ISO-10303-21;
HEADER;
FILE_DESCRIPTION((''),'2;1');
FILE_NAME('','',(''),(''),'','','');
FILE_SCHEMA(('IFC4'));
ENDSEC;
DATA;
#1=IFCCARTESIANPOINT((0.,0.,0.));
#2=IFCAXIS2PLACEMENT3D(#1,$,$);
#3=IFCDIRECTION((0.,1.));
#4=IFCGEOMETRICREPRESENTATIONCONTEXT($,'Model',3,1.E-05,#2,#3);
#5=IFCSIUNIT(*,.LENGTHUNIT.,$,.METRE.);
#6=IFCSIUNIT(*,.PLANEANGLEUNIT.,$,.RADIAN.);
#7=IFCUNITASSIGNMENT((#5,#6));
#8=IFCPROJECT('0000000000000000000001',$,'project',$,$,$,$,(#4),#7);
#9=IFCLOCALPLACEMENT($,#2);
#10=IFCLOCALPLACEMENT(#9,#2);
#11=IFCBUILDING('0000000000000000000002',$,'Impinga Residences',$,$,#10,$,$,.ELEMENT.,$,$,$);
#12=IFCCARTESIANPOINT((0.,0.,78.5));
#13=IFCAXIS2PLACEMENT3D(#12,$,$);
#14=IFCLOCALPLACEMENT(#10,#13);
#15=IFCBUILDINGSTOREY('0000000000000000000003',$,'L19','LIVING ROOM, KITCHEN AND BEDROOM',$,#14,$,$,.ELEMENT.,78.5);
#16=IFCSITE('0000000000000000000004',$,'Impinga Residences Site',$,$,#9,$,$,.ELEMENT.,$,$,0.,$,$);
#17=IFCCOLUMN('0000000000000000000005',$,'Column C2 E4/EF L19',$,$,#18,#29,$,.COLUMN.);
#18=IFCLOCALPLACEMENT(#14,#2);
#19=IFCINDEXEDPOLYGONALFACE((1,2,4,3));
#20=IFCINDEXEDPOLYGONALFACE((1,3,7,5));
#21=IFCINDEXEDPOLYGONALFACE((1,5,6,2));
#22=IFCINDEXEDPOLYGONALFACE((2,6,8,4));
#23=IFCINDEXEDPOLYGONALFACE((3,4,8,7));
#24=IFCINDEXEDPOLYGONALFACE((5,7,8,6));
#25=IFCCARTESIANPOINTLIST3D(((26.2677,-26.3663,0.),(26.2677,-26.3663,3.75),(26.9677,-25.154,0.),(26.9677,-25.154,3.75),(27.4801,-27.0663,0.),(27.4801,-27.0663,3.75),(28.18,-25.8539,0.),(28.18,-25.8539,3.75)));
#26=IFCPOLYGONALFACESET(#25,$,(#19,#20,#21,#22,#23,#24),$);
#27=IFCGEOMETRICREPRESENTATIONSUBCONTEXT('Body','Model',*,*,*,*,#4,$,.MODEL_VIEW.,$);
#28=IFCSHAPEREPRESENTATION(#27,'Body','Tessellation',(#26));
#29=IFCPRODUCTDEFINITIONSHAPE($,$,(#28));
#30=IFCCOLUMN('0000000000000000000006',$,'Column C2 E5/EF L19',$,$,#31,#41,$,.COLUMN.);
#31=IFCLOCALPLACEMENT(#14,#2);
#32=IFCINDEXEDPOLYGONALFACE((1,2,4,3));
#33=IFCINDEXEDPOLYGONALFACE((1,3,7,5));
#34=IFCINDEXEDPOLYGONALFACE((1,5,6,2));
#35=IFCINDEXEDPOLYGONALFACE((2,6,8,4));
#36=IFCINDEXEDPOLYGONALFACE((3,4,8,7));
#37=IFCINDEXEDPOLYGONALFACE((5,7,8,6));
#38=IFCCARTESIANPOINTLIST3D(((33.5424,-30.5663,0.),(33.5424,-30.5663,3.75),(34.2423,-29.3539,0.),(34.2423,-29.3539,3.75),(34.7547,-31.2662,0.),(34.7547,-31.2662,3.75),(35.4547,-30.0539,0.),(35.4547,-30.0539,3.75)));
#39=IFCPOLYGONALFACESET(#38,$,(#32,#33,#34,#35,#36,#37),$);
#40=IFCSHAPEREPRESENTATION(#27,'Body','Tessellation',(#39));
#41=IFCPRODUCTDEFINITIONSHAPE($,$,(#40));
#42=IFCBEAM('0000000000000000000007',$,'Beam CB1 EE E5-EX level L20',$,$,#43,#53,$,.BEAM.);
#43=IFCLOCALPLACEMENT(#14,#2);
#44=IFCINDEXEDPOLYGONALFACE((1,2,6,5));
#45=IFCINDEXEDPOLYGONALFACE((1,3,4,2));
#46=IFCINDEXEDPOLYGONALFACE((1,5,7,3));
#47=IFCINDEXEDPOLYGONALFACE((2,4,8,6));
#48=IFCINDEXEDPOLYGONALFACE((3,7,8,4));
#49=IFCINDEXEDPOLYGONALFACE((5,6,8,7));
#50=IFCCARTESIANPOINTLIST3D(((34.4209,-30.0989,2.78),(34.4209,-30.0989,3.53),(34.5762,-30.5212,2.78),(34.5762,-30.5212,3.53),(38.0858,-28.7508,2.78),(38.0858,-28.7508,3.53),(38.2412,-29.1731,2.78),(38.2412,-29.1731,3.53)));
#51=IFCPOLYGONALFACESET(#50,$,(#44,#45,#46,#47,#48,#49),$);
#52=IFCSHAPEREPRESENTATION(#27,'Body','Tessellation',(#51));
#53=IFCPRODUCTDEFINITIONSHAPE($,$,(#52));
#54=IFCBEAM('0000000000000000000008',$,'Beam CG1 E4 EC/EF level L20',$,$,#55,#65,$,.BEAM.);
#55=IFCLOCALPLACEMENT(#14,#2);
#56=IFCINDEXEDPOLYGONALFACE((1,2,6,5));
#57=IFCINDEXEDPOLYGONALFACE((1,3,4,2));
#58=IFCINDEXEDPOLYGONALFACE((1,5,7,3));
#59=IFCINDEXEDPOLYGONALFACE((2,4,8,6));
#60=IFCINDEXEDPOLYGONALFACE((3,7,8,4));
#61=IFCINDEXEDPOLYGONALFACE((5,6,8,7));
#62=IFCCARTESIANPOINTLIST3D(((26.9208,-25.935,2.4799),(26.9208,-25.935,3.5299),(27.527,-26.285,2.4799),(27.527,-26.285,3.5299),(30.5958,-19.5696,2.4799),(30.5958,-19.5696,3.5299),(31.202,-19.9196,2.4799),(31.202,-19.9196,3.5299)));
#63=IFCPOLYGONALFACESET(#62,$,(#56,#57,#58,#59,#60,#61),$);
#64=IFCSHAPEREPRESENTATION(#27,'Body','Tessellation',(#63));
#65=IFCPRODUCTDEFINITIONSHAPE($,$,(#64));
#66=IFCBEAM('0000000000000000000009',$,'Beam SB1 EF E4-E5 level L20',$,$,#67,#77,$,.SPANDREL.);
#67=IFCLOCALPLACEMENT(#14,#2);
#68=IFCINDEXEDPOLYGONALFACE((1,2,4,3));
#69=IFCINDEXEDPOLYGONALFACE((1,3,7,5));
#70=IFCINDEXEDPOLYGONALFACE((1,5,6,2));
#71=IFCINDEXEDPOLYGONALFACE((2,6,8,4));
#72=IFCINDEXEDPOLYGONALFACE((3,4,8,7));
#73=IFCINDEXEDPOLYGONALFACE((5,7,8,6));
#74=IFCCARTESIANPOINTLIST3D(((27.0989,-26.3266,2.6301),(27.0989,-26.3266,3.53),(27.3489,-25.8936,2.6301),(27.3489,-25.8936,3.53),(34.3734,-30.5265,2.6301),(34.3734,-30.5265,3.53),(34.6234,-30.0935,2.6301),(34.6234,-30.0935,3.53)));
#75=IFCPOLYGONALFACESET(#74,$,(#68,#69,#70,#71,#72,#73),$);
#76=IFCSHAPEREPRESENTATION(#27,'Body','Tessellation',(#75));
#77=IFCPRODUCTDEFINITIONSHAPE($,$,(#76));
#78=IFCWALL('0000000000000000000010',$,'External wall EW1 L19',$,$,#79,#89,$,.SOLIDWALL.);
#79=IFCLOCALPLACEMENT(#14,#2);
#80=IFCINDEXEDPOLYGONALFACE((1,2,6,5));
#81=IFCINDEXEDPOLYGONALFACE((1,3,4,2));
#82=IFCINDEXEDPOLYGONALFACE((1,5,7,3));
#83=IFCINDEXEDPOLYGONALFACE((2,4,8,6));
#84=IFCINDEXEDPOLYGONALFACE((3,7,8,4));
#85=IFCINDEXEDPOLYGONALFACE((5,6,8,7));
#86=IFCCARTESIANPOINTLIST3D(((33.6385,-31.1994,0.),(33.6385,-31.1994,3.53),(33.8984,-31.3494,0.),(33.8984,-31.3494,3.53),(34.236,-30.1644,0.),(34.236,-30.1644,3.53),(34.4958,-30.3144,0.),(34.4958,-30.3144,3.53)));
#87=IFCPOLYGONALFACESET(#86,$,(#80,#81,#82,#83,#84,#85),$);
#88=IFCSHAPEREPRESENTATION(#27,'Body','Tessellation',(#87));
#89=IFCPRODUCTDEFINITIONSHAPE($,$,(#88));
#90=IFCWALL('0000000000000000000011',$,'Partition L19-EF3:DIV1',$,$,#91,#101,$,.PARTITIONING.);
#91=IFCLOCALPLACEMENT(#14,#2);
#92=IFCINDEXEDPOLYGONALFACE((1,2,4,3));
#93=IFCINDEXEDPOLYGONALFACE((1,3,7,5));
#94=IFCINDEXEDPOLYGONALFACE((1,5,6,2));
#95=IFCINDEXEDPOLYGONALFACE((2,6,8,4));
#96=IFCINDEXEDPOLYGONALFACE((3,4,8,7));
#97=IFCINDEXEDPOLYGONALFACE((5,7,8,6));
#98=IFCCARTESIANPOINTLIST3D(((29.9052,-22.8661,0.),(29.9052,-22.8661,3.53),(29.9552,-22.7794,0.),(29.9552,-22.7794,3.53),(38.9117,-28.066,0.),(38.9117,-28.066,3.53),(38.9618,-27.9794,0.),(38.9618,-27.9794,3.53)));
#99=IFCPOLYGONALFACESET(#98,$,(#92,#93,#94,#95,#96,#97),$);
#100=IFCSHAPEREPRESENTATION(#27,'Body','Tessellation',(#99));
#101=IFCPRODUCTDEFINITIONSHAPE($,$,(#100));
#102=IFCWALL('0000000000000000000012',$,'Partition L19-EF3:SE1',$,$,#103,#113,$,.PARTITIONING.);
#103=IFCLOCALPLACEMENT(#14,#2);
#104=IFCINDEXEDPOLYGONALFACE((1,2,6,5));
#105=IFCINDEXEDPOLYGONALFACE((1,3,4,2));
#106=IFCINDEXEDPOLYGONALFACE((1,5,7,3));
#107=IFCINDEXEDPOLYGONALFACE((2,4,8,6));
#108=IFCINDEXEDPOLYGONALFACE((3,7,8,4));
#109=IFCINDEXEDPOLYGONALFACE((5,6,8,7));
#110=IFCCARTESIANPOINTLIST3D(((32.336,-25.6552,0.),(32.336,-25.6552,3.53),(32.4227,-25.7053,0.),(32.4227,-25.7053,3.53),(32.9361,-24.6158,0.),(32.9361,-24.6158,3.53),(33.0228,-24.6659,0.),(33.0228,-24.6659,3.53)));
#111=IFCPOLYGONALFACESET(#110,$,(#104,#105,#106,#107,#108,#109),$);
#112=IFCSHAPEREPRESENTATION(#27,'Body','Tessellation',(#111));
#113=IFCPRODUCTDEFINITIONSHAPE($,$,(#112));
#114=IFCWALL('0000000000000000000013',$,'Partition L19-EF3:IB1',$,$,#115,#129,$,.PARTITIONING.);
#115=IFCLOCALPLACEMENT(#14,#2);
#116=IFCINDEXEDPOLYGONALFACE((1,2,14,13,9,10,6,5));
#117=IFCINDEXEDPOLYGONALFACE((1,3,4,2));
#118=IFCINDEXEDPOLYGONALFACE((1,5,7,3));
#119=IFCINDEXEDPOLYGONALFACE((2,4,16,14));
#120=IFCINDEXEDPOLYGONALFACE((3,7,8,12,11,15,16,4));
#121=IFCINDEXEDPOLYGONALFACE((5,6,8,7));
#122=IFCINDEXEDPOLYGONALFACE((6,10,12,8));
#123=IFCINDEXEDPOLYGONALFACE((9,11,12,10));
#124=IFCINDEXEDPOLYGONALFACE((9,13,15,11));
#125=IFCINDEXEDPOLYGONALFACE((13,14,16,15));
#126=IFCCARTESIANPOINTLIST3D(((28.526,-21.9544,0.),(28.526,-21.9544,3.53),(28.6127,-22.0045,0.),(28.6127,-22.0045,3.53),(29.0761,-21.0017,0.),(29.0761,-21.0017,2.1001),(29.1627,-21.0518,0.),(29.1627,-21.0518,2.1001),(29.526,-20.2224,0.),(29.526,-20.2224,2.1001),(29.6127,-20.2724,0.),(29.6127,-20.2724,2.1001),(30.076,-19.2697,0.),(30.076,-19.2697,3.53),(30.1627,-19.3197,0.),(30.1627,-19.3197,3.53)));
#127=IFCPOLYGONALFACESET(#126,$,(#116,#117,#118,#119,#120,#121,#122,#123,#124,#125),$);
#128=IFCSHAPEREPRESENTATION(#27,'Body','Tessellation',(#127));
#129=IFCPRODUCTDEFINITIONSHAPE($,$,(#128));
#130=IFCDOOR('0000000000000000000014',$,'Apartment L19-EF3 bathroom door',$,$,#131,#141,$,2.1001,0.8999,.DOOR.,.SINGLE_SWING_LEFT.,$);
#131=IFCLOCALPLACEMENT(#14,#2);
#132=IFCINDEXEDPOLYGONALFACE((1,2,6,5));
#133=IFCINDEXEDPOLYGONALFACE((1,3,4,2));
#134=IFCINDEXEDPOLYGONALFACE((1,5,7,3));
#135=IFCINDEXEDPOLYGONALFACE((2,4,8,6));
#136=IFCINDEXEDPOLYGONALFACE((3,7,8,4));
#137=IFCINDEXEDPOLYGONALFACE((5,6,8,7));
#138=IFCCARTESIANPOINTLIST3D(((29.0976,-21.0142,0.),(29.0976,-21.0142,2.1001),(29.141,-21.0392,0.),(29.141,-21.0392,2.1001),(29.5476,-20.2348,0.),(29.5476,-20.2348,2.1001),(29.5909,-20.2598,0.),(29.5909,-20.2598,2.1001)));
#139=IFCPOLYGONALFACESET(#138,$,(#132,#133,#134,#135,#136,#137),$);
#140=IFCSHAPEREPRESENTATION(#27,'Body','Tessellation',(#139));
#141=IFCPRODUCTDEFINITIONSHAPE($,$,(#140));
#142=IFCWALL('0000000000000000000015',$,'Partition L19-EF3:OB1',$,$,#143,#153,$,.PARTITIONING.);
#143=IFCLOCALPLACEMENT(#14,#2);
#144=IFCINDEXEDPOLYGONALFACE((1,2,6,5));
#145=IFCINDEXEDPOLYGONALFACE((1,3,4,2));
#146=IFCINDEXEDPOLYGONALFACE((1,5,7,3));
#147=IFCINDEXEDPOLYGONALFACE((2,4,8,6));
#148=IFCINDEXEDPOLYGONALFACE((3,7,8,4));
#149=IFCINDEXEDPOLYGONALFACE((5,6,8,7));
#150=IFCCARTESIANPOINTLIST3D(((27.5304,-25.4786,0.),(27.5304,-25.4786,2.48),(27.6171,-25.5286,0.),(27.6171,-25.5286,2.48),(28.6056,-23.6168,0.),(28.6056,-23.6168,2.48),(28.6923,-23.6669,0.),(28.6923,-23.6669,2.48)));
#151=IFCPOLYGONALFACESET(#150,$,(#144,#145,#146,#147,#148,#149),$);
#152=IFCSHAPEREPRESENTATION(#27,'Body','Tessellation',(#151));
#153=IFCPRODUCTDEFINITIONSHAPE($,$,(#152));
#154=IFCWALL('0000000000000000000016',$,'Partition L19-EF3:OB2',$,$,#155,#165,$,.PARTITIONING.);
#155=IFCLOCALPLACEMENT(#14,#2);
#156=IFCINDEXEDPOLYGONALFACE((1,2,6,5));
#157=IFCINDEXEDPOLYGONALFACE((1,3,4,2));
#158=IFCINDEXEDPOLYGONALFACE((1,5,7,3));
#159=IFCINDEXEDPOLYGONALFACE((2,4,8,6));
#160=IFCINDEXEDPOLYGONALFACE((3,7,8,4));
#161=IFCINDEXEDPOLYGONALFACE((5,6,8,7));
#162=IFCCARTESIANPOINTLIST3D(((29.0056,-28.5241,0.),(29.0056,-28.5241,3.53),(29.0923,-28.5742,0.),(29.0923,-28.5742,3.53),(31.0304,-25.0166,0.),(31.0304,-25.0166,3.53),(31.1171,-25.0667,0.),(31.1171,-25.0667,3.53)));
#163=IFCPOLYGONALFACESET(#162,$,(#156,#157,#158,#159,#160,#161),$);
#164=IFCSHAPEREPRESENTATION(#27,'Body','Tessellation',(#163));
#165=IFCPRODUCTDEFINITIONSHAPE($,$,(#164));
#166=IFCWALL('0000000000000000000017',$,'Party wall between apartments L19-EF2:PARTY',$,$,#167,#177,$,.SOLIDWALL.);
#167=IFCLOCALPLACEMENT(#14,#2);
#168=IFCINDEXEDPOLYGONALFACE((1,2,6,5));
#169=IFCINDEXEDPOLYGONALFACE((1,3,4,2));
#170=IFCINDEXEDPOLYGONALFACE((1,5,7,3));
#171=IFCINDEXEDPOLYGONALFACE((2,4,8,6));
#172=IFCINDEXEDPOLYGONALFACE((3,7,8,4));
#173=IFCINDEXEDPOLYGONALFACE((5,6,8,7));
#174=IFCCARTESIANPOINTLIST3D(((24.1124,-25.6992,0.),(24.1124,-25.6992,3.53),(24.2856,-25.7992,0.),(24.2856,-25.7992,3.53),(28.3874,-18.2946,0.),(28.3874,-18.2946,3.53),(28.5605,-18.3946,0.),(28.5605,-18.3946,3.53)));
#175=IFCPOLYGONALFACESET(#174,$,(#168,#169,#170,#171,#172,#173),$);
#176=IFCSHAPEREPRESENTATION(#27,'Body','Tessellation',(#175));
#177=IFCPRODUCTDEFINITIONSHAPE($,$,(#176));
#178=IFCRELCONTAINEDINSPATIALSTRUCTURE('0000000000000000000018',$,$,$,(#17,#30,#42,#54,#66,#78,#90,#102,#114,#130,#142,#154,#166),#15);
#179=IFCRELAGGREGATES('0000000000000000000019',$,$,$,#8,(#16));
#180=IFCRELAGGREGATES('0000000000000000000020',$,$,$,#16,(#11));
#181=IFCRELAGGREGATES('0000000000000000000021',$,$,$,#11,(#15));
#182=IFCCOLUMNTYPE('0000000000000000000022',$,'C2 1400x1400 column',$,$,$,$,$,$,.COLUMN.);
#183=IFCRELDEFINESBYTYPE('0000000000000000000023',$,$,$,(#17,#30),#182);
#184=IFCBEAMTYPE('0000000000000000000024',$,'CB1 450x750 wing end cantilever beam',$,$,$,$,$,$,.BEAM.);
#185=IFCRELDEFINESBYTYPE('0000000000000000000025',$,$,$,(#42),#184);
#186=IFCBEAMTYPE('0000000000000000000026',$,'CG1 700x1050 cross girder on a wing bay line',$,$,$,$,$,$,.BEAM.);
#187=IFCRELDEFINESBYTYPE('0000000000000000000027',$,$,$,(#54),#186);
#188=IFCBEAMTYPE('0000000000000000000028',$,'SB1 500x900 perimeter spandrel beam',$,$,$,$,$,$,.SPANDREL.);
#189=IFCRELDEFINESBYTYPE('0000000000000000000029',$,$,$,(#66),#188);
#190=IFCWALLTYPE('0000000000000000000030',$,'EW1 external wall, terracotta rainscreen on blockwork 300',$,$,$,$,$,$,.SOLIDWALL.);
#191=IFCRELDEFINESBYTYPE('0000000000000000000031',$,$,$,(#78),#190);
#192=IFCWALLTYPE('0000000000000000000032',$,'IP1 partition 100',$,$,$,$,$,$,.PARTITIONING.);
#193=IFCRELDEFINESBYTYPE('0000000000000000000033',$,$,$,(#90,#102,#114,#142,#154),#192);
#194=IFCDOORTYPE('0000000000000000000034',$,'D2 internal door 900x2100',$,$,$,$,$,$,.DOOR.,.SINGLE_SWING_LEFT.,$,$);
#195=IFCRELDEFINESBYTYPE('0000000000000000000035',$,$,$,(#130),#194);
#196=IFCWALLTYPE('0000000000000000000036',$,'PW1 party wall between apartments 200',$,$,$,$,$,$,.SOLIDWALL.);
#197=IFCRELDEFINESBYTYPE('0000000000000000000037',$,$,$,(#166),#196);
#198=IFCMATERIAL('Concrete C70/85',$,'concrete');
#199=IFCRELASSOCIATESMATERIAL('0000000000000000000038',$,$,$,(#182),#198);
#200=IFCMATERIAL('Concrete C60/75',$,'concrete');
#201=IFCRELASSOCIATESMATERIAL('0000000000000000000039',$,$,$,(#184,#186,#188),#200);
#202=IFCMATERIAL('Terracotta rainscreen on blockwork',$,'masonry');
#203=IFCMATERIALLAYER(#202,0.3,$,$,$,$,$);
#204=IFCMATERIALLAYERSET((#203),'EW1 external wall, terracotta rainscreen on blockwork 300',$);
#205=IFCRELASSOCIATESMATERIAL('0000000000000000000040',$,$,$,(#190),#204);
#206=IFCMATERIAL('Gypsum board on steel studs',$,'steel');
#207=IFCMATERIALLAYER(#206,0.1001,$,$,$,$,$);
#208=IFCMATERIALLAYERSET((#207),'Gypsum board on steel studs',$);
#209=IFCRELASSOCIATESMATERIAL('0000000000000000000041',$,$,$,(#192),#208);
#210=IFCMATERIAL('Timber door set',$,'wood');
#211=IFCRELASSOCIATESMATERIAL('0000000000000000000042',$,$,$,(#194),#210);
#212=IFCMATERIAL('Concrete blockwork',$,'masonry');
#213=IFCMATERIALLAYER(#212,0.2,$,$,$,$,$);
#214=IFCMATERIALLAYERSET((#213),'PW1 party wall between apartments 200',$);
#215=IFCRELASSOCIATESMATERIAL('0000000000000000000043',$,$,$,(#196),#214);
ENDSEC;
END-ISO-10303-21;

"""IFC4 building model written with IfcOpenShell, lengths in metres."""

from ifc_helpers import new_model, si_unit, direction, frame, frame_2d, origin, origin_2d, place, context, subcontext, project, spatial, rectangle, extrude, material, layer, layer_set, material_profile, profile_set, type_object, element, fill, save


model = new_model("IFC4")

# Units and contexts
model_context = context("Model", 3, precision=1e-05, world=origin(), true_north=direction((0.0, 1.0)))
body_context = subcontext(model_context, "Body", "Model", "MODEL_VIEW")
ifc_project = project(units=[si_unit("LENGTHUNIT", "METRE"), si_unit("PLANEANGLEUNIT", "RADIAN")], contexts=[model_context])

# Site, building, storey
site_placement = place(None, origin())
site = spatial("IfcSite", under=ifc_project, at=site_placement, Name="Impinga Residences Site", CompositionType="ELEMENT", RefElevation=0.0)
building_placement = place(site_placement, origin())
building = spatial("IfcBuilding", under=site, at=building_placement, Name="Impinga Residences", CompositionType="ELEMENT")
storey_placement = place(building_placement, frame((0.0, 0.0, 78.5)))
storey = spatial("IfcBuildingStorey", under=building, at=storey_placement, Name="L19", Description="LIVING ROOM, KITCHEN AND BEDROOM", CompositionType="ELEMENT", Elevation=78.5)

# Columns
ifc_material_1 = material(Name="Concrete C70/85", Category="concrete")
ifc_material_profile_1 = material_profile(ifc_material_1, rectangle(XDim=1.3999, YDim=1.3999, at=origin_2d()), Name="RC 1400x1400")
ifc_profile_set_1 = profile_set([ifc_material_profile_1], Name="Concrete C70/85")
column_type = type_object("IfcColumnType", Name="C2 1400x1400 column", PredefinedType="COLUMN", material=ifc_profile_set_1)
for number, where, z_axis, x_axis, name in (
    (1, (27.2239, -26.1101, 0.0), (0.0, 0.0, 1.0), (-0.5, -0.866025, 0.0), "Column C2 E4/EF L19"),
    (2, (34.4985, -30.3101, 0.0), (0.0, 0.0, 1.0), (-0.5, -0.866025, 0.0), "Column C2 E5/EF L19"),
):
    element("IfcColumn", number, at=place(storey_placement, frame(where, z_axis=z_axis, x_axis=x_axis)), inside=storey, type_object=column_type, Name=name, PredefinedType="COLUMN", context=body_context, shape_type="SweptSolid", body=[
        extrude(rectangle(XDim=1.3999, YDim=1.3999, at=origin_2d()), origin(), (0.0, 0.0, 1.0), 3.75),
    ])

# Beams
ifc_material_2 = material(Name="Concrete C60/75", Category="concrete")
ifc_material_profile_2 = material_profile(ifc_material_2, rectangle(XDim=0.45, YDim=0.75, at=origin_2d()), Name="RC 450x750")
ifc_profile_set_2 = profile_set([ifc_material_profile_2], Name="Concrete C60/75")
beam_type_1 = type_object("IfcBeamType", Name="CB1 450x750 wing end cantilever beam", PredefinedType="BEAM", material=ifc_profile_set_2)
beam_1_placement = place(storey_placement, frame((34.4985, -30.3101, 3.155), z_axis=(0.93852, 0.345224, 0.0), x_axis=(-0.345224, 0.93852, 0.0)))
element("IfcBeam", 3, at=beam_1_placement, inside=storey, type_object=beam_type_1, Name="Beam CB1 EE E5-EX level L20", PredefinedType="BEAM", context=body_context, shape_type="SweptSolid", body=[
    extrude(rectangle(XDim=0.45, YDim=0.75, at=origin_2d()), origin(), (0.0, 0.0, 1.0), 3.905),
])
ifc_material_profile_3 = material_profile(ifc_material_2, rectangle(XDim=0.7, YDim=1.05, at=origin_2d()), Name="RC 700x1050")
ifc_profile_set_3 = profile_set([ifc_material_profile_3], Name="Concrete C60/75")
beam_type_2 = type_object("IfcBeamType", Name="CG1 700x1050 cross girder on a wing bay line", PredefinedType="BEAM", material=ifc_profile_set_3)
beam_2_placement = place(storey_placement, frame((30.8989, -19.7446, 3.0049), z_axis=(-0.499994, -0.866029, 0.0), x_axis=(0.866029, -0.499994, 0.0)))
element("IfcBeam", 4, at=beam_2_placement, inside=storey, type_object=beam_type_2, Name="Beam CG1 E4 EC/EF level L20", PredefinedType="BEAM", context=body_context, shape_type="SweptSolid", body=[
    extrude(rectangle(XDim=0.7, YDim=1.05, at=origin_2d()), origin(), (0.0, 0.0, 1.0), 7.3501),
])
ifc_material_profile_4 = material_profile(ifc_material_2, rectangle(XDim=0.5, YDim=0.8999, at=origin_2d()), Name="RC 500x900")
ifc_profile_set_4 = profile_set([ifc_material_profile_4], Name="Concrete C60/75")
beam_type_3 = type_object("IfcBeamType", Name="SB1 500x900 perimeter spandrel beam", PredefinedType="SPANDREL", material=ifc_profile_set_4)
beam_3_placement = place(storey_placement, frame((27.2239, -26.1101, 3.0801), z_axis=(0.866029, -0.499993, 0.0), x_axis=(0.499993, 0.866029, 0.0)))
element("IfcBeam", 5, at=beam_3_placement, inside=storey, type_object=beam_type_3, Name="Beam SB1 EF E4-E5 level L20", PredefinedType="SPANDREL", context=body_context, shape_type="SweptSolid", body=[
    extrude(rectangle(XDim=0.5, YDim=0.8999, at=origin_2d()), origin(), (0.0, 0.0, 1.0), 8.3999),
])

# Wall
ifc_material_3 = material(Name="Terracotta rainscreen on blockwork", Category="masonry")
ifc_layer_1 = layer(ifc_material_3, 0.3)
ifc_layer_set_1 = layer_set([ifc_layer_1], Name="EW1 external wall, terracotta rainscreen on blockwork 300")
wall_type_1 = type_object("IfcWallType", Name="EW1 external wall, terracotta rainscreen on blockwork 300", PredefinedType="SOLIDWALL", material=ifc_layer_set_1)
wall_1_placement = place(storey_placement, frame((34.366, -30.2393, 0.0), z_axis=(0.0, 0.0, 1.0), x_axis=(-0.499941, -0.86606, 0.0)))
element("IfcWall", 6, at=wall_1_placement, inside=storey, type_object=wall_type_1, Name="External wall EW1 L19", PredefinedType="SOLIDWALL", context=body_context, shape_type="SweptSolid", body=[
    extrude(rectangle(XDim=1.1951, YDim=0.3, at=frame_2d((0.5977, 0.0))), origin(), (0.0, 0.0, 1.0), 3.53),
])

# Walls
ifc_material_4 = material(Name="Gypsum board on steel studs", Category="steel")
ifc_layer_2 = layer(ifc_material_4, 0.1001)
ifc_layer_set_2 = layer_set([ifc_layer_2], Name="Gypsum board on steel studs")
wall_type_2 = type_object("IfcWallType", Name="IP1 partition 100", PredefinedType="PARTITIONING", material=ifc_layer_set_2)
wall_2_placement = place(storey_placement, frame((29.9302, -22.8228, 0.0), z_axis=(0.0, 0.0, 1.0), x_axis=(0.866026, -0.499999, 0.0)))
element("IfcWall", 7, at=wall_2_placement, inside=storey, type_object=wall_type_2, Name="Partition L19-EF3:DIV1", PredefinedType="PARTITIONING", context=body_context, shape_type="SweptSolid", body=[
    extrude(rectangle(XDim=10.3999, YDim=0.1001, at=frame_2d((5.2, 0.0))), origin(), (0.0, 0.0, 1.0), 3.53),
])
wall_3_placement = place(storey_placement, frame((32.9795, -24.6409, 0.0), z_axis=(0.0, 0.0, 1.0), x_axis=(-0.500034, -0.866006, 0.0)))
element("IfcWall", 8, at=wall_3_placement, inside=storey, type_object=wall_type_2, Name="Partition L19-EF3:SE1", PredefinedType="PARTITIONING", context=body_context, shape_type="SweptSolid", body=[
    extrude(rectangle(XDim=1.2002, YDim=0.1001, at=frame_2d((0.6001, 0.0))), origin(), (0.0, 0.0, 1.0), 3.53),
])

# Wall, opening, door
wall_4_placement = place(storey_placement, frame((30.1194, -19.2947, 0.0), z_axis=(0.0, 0.0, 1.0), x_axis=(-0.499993, -0.86603, 0.0)))
wall_4 = element("IfcWall", 9, at=wall_4_placement, inside=storey, type_object=wall_type_2, Name="Partition L19-EF3:IB1", PredefinedType="PARTITIONING", context=body_context, shape_type="SweptSolid", body=[
    extrude(rectangle(XDim=3.1001, YDim=0.1001, at=frame_2d((1.55, 0.0))), origin(), (0.0, 0.0, 1.0), 3.53),
])
opening_1_placement = place(wall_4_placement, frame((1.1001, 0.0, 0.0)))
opening_1 = element("IfcOpeningElement", 10, at=opening_1_placement, cuts=wall_4, PredefinedType="OPENING", context=body_context, shape_type="SweptSolid", body=[
    extrude(rectangle(XDim=0.8999, YDim=2.1001, at=frame_2d((0.45, 1.05))), frame((0.0, 0.0601, 0.0), z_axis=(0.0, -1.0, 0.0), x_axis=(1.0, 0.0, 0.0)), (0.0, 0.0, 1.0), 0.1201),
])
ifc_material_5 = material(Name="Timber door set", Category="wood")
door_type = type_object("IfcDoorType", Name="D2 internal door 900x2100", OperationType="SINGLE_SWING_LEFT", PredefinedType="DOOR", material=ifc_material_5)
door_placement = place(opening_1_placement, origin())
door = element("IfcDoor", 11, at=door_placement, inside=storey, type_object=door_type, Name="Apartment L19-EF3 bathroom door", OperationType="SINGLE_SWING_LEFT", OverallHeight=2.1001, OverallWidth=0.8999, PredefinedType="DOOR", context=body_context, shape_type="SweptSolid", body=[
    extrude(rectangle(XDim=0.8999, YDim=2.1001, at=frame_2d((0.45, 1.05))), frame((0.0, 0.0249, 0.0), z_axis=(0.0, -1.0, 0.0), x_axis=(1.0, 0.0, 0.0)), (0.0, 0.0, 1.0), 0.05),
])
fill(opening_1, door)

# Walls
wall_5_placement = place(storey_placement, frame((28.6489, -23.6418, 0.0), z_axis=(0.0, 0.0, 1.0), x_axis=(-0.500096, -0.86597, 0.0)))
element("IfcWall", 12, at=wall_5_placement, inside=storey, type_object=wall_type_2, Name="Partition L19-EF3:OB1", PredefinedType="PARTITIONING", context=body_context, shape_type="SweptSolid", body=[
    extrude(rectangle(XDim=2.1499, YDim=0.1001, at=frame_2d((1.075, 0.0))), origin(), (0.0, 0.0, 1.0), 2.48),
])
wall_6_placement = place(storey_placement, frame((31.0737, -25.0417, 0.0), z_axis=(0.0, 0.0, 1.0), x_axis=(-0.499964, -0.866046, 0.0)))
element("IfcWall", 13, at=wall_6_placement, inside=storey, type_object=wall_type_2, Name="Partition L19-EF3:OB2", PredefinedType="PARTITIONING", context=body_context, shape_type="SweptSolid", body=[
    extrude(rectangle(XDim=4.05, YDim=0.1001, at=frame_2d((2.0249, 0.0))), origin(), (0.0, 0.0, 1.0), 3.53),
])
ifc_material_6 = material(Name="Concrete blockwork", Category="masonry")
ifc_layer_3 = layer(ifc_material_6, 0.2)
ifc_layer_set_3 = layer_set([ifc_layer_3], Name="PW1 party wall between apartments 200")
wall_type_3 = type_object("IfcWallType", Name="PW1 party wall between apartments 200", PredefinedType="SOLIDWALL", material=ifc_layer_set_3)
wall_7_placement = place(storey_placement, frame((28.4739, -18.3447, 0.0), z_axis=(0.0, 0.0, 1.0), x_axis=(-0.49999, -0.866031, 0.0)))
element("IfcWall", 14, at=wall_7_placement, inside=storey, type_object=wall_type_3, Name="Party wall between apartments L19-EF2:PARTY", PredefinedType="SOLIDWALL", context=body_context, shape_type="SweptSolid", body=[
    extrude(rectangle(XDim=8.55, YDim=0.2, at=frame_2d((4.2749, 0.0))), origin(), (0.0, 0.0, 1.0), 3.53),
])

save(model, "model.ifc")
